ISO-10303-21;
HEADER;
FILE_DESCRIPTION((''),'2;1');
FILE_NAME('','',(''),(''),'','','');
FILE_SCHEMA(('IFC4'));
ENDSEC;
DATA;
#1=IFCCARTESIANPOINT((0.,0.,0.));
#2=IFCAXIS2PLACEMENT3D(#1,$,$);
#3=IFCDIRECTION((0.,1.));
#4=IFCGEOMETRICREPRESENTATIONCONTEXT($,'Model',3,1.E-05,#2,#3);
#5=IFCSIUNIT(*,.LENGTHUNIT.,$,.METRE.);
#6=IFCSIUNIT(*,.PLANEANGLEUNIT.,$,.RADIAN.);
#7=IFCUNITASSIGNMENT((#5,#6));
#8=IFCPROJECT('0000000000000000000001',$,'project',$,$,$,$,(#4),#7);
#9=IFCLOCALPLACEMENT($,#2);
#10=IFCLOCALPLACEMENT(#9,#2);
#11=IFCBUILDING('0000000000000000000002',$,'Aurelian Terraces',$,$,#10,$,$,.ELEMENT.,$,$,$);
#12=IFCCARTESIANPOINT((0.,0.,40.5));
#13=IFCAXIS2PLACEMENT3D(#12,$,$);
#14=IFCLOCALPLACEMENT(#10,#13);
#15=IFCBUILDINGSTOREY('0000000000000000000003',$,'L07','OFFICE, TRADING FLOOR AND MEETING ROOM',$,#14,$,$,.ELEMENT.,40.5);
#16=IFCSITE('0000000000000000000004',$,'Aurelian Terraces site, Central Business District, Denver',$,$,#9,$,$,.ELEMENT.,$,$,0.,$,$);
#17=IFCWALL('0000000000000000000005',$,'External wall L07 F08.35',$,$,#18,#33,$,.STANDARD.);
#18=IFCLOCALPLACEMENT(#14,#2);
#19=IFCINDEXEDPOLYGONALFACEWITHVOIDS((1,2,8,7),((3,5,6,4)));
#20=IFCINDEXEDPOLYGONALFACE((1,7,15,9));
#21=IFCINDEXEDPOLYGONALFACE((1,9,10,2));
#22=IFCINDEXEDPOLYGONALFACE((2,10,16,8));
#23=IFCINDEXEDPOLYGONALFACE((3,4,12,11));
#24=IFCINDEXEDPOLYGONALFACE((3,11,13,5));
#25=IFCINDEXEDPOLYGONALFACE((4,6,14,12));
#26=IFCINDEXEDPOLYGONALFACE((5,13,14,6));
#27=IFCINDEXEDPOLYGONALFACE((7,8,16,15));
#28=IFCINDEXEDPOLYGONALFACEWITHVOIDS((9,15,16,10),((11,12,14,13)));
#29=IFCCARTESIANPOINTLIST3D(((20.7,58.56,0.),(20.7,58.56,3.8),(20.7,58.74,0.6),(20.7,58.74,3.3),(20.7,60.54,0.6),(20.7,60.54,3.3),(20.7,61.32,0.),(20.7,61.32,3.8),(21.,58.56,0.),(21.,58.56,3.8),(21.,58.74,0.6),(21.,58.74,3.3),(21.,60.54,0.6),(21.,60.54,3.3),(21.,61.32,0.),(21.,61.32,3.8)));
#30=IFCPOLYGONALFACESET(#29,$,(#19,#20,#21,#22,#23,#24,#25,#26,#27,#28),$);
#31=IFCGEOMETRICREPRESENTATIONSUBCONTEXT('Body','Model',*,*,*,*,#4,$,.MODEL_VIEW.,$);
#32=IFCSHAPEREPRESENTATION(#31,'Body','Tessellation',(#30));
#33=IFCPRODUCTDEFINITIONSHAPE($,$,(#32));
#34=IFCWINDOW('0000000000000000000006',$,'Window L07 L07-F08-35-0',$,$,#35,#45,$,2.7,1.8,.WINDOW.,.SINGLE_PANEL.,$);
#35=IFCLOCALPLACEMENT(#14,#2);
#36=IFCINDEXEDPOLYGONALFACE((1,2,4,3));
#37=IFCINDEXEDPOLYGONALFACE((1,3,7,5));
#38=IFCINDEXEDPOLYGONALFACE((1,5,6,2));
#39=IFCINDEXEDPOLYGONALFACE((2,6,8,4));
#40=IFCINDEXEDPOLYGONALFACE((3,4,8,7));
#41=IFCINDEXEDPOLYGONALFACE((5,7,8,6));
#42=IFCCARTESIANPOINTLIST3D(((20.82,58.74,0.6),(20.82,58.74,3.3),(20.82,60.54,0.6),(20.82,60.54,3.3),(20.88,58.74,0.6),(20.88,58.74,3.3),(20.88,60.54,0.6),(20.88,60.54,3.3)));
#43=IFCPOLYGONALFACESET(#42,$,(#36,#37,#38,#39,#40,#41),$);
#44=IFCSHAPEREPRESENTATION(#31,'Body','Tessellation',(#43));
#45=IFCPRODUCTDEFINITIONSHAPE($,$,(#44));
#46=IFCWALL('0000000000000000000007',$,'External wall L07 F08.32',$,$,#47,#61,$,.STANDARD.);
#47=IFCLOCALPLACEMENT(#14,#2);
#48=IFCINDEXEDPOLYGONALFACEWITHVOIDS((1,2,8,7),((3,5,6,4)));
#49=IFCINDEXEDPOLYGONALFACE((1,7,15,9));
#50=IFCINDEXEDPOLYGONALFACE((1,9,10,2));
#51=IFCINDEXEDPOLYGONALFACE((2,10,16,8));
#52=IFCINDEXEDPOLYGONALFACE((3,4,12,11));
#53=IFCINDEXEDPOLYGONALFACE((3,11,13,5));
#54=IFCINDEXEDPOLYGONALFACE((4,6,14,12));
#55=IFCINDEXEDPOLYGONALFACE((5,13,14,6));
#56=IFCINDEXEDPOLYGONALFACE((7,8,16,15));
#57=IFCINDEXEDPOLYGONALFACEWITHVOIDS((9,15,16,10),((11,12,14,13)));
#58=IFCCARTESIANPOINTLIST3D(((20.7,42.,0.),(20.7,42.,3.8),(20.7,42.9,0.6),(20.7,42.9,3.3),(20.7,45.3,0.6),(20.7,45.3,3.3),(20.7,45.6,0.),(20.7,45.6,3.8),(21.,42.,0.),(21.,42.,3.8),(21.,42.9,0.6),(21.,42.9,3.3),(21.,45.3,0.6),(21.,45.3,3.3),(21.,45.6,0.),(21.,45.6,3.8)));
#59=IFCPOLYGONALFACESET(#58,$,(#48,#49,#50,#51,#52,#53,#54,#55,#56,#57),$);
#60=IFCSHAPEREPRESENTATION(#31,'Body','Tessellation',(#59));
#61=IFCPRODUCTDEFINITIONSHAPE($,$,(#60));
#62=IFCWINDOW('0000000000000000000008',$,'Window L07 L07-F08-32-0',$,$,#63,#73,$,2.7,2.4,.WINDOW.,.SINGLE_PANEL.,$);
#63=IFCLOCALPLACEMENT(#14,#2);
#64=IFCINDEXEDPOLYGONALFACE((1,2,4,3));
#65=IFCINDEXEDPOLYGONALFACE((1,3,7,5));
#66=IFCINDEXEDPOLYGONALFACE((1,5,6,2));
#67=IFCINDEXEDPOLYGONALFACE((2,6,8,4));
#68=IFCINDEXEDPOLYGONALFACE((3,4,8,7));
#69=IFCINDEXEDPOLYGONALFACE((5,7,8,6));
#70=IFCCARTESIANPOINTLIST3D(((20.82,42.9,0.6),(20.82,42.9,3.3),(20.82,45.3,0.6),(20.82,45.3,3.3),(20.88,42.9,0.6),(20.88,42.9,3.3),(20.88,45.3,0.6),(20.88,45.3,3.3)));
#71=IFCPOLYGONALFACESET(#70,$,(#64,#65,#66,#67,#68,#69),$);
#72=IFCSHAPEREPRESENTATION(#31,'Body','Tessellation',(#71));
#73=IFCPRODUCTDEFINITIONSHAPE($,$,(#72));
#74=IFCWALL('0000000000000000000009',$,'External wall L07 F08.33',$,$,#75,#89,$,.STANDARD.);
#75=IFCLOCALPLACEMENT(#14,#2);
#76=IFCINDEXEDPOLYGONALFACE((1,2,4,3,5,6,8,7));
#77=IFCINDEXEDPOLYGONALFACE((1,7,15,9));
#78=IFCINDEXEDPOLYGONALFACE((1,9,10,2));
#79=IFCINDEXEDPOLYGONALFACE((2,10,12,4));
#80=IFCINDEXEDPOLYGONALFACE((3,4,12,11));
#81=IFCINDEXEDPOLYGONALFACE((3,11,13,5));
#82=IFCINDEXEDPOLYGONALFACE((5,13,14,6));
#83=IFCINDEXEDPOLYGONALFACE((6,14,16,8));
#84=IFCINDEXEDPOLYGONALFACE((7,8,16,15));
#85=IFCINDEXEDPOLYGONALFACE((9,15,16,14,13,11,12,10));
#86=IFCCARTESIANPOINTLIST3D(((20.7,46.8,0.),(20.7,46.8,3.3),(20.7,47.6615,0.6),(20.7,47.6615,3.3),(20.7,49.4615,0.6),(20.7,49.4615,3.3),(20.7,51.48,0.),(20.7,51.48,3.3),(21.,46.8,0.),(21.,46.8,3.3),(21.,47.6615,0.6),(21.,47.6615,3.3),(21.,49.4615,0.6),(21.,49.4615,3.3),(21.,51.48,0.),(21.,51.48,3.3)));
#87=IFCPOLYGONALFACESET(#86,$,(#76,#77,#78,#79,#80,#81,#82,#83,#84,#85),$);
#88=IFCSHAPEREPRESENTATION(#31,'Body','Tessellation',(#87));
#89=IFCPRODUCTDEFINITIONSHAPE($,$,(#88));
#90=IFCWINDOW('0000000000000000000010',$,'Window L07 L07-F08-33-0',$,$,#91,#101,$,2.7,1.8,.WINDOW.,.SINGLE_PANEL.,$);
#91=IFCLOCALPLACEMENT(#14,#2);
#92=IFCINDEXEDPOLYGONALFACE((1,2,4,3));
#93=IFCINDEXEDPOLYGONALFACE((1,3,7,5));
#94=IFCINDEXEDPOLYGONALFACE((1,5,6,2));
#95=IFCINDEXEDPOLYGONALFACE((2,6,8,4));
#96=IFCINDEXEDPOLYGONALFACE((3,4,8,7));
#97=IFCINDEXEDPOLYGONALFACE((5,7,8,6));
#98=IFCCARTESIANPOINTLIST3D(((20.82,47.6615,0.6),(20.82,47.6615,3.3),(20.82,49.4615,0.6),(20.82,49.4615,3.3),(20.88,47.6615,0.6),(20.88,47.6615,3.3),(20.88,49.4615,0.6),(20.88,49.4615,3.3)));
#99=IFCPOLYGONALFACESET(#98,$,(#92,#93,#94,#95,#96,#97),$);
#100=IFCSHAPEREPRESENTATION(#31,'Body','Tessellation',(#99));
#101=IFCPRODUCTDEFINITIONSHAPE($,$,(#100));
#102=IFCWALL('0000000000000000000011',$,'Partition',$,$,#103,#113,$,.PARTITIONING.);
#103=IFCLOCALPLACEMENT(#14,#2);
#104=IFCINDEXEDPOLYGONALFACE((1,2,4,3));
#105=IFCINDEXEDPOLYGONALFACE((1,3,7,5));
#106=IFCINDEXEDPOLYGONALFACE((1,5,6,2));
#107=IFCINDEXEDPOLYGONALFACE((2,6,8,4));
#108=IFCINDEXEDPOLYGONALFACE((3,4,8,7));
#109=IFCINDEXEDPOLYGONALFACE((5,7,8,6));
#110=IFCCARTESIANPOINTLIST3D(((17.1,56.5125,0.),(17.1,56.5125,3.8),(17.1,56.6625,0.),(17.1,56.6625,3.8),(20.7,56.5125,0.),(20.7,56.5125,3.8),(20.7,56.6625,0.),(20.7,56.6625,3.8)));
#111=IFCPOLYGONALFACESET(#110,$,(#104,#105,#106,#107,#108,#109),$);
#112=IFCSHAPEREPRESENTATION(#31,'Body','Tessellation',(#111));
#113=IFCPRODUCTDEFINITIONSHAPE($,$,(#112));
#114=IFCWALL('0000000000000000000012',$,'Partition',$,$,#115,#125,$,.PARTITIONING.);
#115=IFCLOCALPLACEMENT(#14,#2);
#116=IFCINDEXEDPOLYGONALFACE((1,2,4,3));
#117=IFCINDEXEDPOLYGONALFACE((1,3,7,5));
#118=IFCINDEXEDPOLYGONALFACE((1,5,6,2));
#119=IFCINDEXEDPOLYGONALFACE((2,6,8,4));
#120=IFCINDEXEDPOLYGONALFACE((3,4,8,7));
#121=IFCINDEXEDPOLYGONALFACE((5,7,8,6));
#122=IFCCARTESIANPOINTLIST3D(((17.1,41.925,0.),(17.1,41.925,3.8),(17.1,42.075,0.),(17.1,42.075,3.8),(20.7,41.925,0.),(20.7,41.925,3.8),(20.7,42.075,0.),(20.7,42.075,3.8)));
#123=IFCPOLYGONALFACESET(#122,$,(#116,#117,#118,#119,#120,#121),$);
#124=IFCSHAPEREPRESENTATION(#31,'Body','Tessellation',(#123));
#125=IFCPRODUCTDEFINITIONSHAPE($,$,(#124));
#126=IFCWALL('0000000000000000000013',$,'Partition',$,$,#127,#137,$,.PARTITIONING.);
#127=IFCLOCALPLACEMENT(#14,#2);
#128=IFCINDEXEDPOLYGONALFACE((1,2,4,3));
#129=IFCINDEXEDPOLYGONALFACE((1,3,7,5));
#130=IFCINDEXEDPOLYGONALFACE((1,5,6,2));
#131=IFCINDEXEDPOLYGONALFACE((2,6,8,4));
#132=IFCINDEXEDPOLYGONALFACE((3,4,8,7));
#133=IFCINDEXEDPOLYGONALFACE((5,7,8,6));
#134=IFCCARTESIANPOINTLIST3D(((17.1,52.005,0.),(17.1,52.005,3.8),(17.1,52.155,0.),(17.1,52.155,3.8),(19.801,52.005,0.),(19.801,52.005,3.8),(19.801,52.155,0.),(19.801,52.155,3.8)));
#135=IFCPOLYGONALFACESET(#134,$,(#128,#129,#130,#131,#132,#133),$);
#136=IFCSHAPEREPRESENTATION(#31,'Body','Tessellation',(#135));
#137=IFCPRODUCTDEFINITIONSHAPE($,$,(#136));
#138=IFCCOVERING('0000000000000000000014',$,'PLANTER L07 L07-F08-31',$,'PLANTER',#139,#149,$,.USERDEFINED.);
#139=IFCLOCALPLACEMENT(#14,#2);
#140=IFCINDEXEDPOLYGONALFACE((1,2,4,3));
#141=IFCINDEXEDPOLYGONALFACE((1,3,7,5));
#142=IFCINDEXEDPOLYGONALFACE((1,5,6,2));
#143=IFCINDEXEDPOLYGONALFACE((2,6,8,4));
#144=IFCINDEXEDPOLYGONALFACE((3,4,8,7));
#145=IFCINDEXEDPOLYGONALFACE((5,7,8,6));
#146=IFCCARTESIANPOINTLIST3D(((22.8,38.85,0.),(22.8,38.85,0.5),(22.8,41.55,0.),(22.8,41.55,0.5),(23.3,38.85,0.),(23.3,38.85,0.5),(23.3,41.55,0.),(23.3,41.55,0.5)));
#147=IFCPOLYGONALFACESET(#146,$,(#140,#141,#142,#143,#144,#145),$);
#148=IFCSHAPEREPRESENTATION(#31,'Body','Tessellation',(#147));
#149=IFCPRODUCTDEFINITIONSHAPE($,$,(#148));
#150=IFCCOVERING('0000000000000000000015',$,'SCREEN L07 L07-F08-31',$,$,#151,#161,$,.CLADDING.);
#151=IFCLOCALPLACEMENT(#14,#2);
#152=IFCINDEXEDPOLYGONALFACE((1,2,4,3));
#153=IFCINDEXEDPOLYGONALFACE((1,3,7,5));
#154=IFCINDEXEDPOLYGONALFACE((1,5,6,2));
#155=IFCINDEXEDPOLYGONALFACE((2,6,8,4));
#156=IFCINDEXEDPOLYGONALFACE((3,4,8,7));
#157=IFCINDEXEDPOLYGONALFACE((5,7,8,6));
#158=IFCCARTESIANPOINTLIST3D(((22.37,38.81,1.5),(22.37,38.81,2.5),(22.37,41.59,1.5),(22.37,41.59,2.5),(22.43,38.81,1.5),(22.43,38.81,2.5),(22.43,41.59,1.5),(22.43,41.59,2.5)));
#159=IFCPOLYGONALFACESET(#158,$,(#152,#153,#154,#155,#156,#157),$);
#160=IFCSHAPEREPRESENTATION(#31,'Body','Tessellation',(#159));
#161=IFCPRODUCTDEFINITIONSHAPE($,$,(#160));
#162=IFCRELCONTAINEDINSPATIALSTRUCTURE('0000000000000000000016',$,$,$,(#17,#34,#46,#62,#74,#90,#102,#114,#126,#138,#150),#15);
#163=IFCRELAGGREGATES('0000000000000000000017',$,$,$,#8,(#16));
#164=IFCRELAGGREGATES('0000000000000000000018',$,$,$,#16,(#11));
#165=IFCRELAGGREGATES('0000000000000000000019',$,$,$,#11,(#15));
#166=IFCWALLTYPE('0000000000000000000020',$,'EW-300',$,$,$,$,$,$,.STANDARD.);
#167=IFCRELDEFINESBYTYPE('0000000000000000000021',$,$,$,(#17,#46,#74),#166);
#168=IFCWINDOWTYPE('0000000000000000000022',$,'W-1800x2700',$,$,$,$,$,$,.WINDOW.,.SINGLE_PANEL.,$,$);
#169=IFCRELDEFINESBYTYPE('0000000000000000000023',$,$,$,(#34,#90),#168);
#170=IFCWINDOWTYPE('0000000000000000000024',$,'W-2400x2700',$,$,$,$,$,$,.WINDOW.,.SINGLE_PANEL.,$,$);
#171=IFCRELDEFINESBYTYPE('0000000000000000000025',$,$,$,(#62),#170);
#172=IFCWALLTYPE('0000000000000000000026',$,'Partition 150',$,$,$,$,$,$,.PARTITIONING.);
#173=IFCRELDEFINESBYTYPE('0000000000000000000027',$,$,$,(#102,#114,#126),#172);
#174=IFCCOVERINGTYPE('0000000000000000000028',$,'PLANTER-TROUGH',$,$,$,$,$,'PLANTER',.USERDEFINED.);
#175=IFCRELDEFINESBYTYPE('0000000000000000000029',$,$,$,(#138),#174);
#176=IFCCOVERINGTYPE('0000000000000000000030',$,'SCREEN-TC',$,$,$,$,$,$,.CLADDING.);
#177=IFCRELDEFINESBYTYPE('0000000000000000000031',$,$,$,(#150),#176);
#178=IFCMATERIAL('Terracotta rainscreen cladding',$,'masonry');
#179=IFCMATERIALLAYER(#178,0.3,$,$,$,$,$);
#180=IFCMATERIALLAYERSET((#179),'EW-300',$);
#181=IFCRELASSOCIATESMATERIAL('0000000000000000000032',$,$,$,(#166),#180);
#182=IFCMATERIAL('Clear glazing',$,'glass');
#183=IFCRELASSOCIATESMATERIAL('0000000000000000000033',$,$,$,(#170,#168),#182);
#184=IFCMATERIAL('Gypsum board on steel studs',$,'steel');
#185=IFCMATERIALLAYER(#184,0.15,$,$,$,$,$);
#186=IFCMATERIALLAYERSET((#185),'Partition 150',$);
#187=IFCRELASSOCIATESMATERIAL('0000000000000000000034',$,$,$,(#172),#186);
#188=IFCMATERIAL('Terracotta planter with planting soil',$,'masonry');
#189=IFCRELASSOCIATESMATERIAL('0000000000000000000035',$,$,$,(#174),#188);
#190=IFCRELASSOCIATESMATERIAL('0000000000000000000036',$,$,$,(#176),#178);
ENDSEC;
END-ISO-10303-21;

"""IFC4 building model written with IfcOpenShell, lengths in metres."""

from ifc_helpers import new_model, si_unit, direction, frame, frame_2d, origin, origin_2d, place, context, subcontext, project, spatial, rectangle, extrude, source, transform, mapped, material, layer, layer_set, type_object, element, fill, save


model = new_model("IFC4")

# Units and contexts
model_context = context("Model", 3, precision=1e-05, world=origin(), true_north=direction((0.0, 1.0)))
body_context = subcontext(model_context, "Body", "Model", "MODEL_VIEW")
ifc_project = project(units=[si_unit("LENGTHUNIT", "METRE"), si_unit("PLANEANGLEUNIT", "RADIAN")], contexts=[model_context])

# Site, building, storey
site_placement = place(None, origin())
site = spatial("IfcSite", under=ifc_project, at=site_placement, Name="Aurelian Terraces site, Central Business District, Denver", CompositionType="ELEMENT", RefElevation=0.0)
building_placement = place(site_placement, origin())
building = spatial("IfcBuilding", under=site, at=building_placement, Name="Aurelian Terraces", CompositionType="ELEMENT")
storey_placement = place(building_placement, frame((0.0, 0.0, 40.5)))
storey = spatial("IfcBuildingStorey", under=building, at=storey_placement, Name="L07", Description="OFFICE, TRADING FLOOR AND MEETING ROOM", CompositionType="ELEMENT", Elevation=40.5)

# Walls, openings, windows
ifc_material_1 = material(Name="Terracotta rainscreen cladding", Category="masonry")
ifc_layer_1 = layer(ifc_material_1, 0.3)
ifc_layer_set_1 = layer_set([ifc_layer_1], Name="EW-300")
wall_type_1 = type_object("IfcWallType", Name="EW-300", PredefinedType="STANDARD", material=ifc_layer_set_1)
shared_shape_1 = source(origin(), body_context, "Body", "SweptSolid", [
    extrude(rectangle(XDim=2.4, YDim=2.7, at=frame_2d((1.2, 1.35))), frame((0.0, 0.16, 0.0), z_axis=(0.0, -1.0, 0.0), x_axis=(1.0, 0.0, 0.0)), (0.0, 0.0, 1.0), 0.32),
])
ifc_material_2 = material(Name="Clear glazing", Category="glass")
window_type_1 = type_object("IfcWindowType", Name="W-2400x2700", PartitioningType="SINGLE_PANEL", PredefinedType="WINDOW", material=ifc_material_2)
shared_shape_2 = source(origin(), body_context, "Body", "SweptSolid", [
    extrude(rectangle(XDim=2.4, YDim=2.7, at=frame_2d((1.2, 1.35))), frame((0.0, 0.03, 0.0), z_axis=(0.0, -1.0, 0.0), x_axis=(1.0, 0.0, 0.0)), (0.0, 0.0, 1.0), 0.06),
])
shared_shape_3 = source(origin(), body_context, "Body", "SweptSolid", [
    extrude(rectangle(XDim=2.76, YDim=0.3, at=frame_2d((1.38, 0.0))), origin(), (0.0, 0.0, 1.0), 3.8),
])
wall_1_placement = place(storey_placement, frame((20.85, 58.56, 0.0), z_axis=(0.0, 0.0, 1.0), x_axis=(0.0, 1.0, 0.0)))
wall_1 = element("IfcWall", 1, at=wall_1_placement, inside=storey, type_object=wall_type_1, Name="External wall L07 F08.35", PredefinedType="STANDARD", context=body_context, shape_type="MappedRepresentation", body=[
    mapped(shared_shape_3, transform((0.0, 0.0, 0.0), scale=1.0)),
])
shared_shape_4 = source(origin(), body_context, "Body", "SweptSolid", [
    extrude(rectangle(XDim=1.8, YDim=2.7, at=frame_2d((0.9, 1.35))), frame((0.0, 0.16, 0.0), z_axis=(0.0, -1.0, 0.0), x_axis=(1.0, 0.0, 0.0)), (0.0, 0.0, 1.0), 0.32),
])
opening_1_placement = place(wall_1_placement, frame((0.18, 0.0, 0.6)))
opening_1 = element("IfcOpeningElement", 2, at=opening_1_placement, cuts=wall_1, PredefinedType="OPENING", context=body_context, shape_type="MappedRepresentation", body=[
    mapped(shared_shape_4, transform((0.0, 0.0, 0.0), scale=1.0)),
])
window_type_2 = type_object("IfcWindowType", Name="W-1800x2700", PartitioningType="SINGLE_PANEL", PredefinedType="WINDOW", material=ifc_material_2)
shared_shape_5 = source(origin(), body_context, "Body", "SweptSolid", [
    extrude(rectangle(XDim=1.8, YDim=2.7, at=frame_2d((0.9, 1.35))), frame((0.0, 0.03, 0.0), z_axis=(0.0, -1.0, 0.0), x_axis=(1.0, 0.0, 0.0)), (0.0, 0.0, 1.0), 0.06),
])
window_1_placement = place(opening_1_placement, origin())
window_1 = element("IfcWindow", 3, at=window_1_placement, inside=storey, type_object=window_type_2, Name="Window L07 L07-F08-35-0", OverallHeight=2.7, OverallWidth=1.8, PartitioningType="SINGLE_PANEL", PredefinedType="WINDOW", context=body_context, shape_type="MappedRepresentation", body=[
    mapped(shared_shape_5, transform((0.0, 0.0, 0.0), scale=1.0)),
])
fill(opening_1, window_1)
shared_shape_6 = source(origin(), body_context, "Body", "SweptSolid", [
    extrude(rectangle(XDim=3.6, YDim=0.3, at=frame_2d((1.8, 0.0))), origin(), (0.0, 0.0, 1.0), 3.8),
])
wall_2_placement = place(storey_placement, frame((20.85, 42.0, 0.0), z_axis=(0.0, 0.0, 1.0), x_axis=(0.0, 1.0, 0.0)))
wall_2 = element("IfcWall", 4, at=wall_2_placement, inside=storey, type_object=wall_type_1, Name="External wall L07 F08.32", PredefinedType="STANDARD", context=body_context, shape_type="MappedRepresentation", body=[
    mapped(shared_shape_6, transform((0.0, 0.0, 0.0), scale=1.0)),
])
opening_2_placement = place(wall_2_placement, frame((0.9, 0.0, 0.6)))
opening_2 = element("IfcOpeningElement", 5, at=opening_2_placement, cuts=wall_2, PredefinedType="OPENING", context=body_context, shape_type="MappedRepresentation", body=[
    mapped(shared_shape_1, transform((0.0, 0.0, 0.0), scale=1.0)),
])
window_2_placement = place(opening_2_placement, origin())
window_2 = element("IfcWindow", 6, at=window_2_placement, inside=storey, type_object=window_type_1, Name="Window L07 L07-F08-32-0", OverallHeight=2.7, OverallWidth=2.4, PartitioningType="SINGLE_PANEL", PredefinedType="WINDOW", context=body_context, shape_type="MappedRepresentation", body=[
    mapped(shared_shape_2, transform((0.0, 0.0, 0.0), scale=1.0)),
])
fill(opening_2, window_2)
shared_shape_7 = source(origin(), body_context, "Body", "SweptSolid", [
    extrude(rectangle(XDim=4.68, YDim=0.3, at=frame_2d((2.34, 0.0))), origin(), (0.0, 0.0, 1.0), 3.3),
])
wall_3_placement = place(storey_placement, frame((20.85, 46.8, 0.0), z_axis=(0.0, 0.0, 1.0), x_axis=(0.0, 1.0, 0.0)))
wall_3 = element("IfcWall", 7, at=wall_3_placement, inside=storey, type_object=wall_type_1, Name="External wall L07 F08.33", PredefinedType="STANDARD", context=body_context, shape_type="MappedRepresentation", body=[
    mapped(shared_shape_7, transform((0.0, 0.0, 0.0), scale=1.0)),
])
opening_3_placement = place(wall_3_placement, frame((0.8615, 0.0, 0.6)))
opening_3 = element("IfcOpeningElement", 8, at=opening_3_placement, cuts=wall_3, PredefinedType="OPENING", context=body_context, shape_type="MappedRepresentation", body=[
    mapped(shared_shape_4, transform((0.0, 0.0, 0.0), scale=1.0)),
])
window_3_placement = place(opening_3_placement, origin())
window_3 = element("IfcWindow", 9, at=window_3_placement, inside=storey, type_object=window_type_2, Name="Window L07 L07-F08-33-0", OverallHeight=2.7, OverallWidth=1.8, PartitioningType="SINGLE_PANEL", PredefinedType="WINDOW", context=body_context, shape_type="MappedRepresentation", body=[
    mapped(shared_shape_5, transform((0.0, 0.0, 0.0), scale=1.0)),
])
fill(opening_3, window_3)

# Walls
ifc_material_3 = material(Name="Gypsum board on steel studs", Category="steel")
ifc_layer_2 = layer(ifc_material_3, 0.15)
ifc_layer_set_2 = layer_set([ifc_layer_2], Name="Partition 150")
wall_type_2 = type_object("IfcWallType", Name="Partition 150", PredefinedType="PARTITIONING", material=ifc_layer_set_2)
shared_shape_8 = source(origin(), body_context, "Body", "SweptSolid", [
    extrude(rectangle(XDim=3.6, YDim=0.15, at=frame_2d((1.8, 0.0))), origin(), (0.0, 0.0, 1.0), 3.8),
])
for number, where, z_axis, x_axis, name in (
    (10, (17.1, 56.5875, 0.0), (0.0, 0.0, 1.0), (1.0, 0.0, 0.0), "Partition"),
    (11, (20.7, 42.0, 0.0), (0.0, 0.0, 1.0), (-1.0, 0.0, 0.0), "Partition"),
):
    element("IfcWall", number, at=place(storey_placement, frame(where, z_axis=z_axis, x_axis=x_axis)), inside=storey, type_object=wall_type_2, Name=name, PredefinedType="PARTITIONING", context=body_context, shape_type="MappedRepresentation", body=[
        mapped(shared_shape_8, transform((0.0, 0.0, 0.0), scale=1.0)),
    ])
shared_shape_9 = source(origin(), body_context, "Body", "SweptSolid", [
    extrude(rectangle(XDim=2.701, YDim=0.15, at=frame_2d((1.3505, 0.0))), origin(), (0.0, 0.0, 1.0), 3.8),
])
wall_4_placement = place(storey_placement, frame((19.801, 52.08, 0.0), z_axis=(0.0, 0.0, 1.0), x_axis=(-1.0, 0.0, 0.0)))
element("IfcWall", 12, at=wall_4_placement, inside=storey, type_object=wall_type_2, Name="Partition", PredefinedType="PARTITIONING", context=body_context, shape_type="MappedRepresentation", body=[
    mapped(shared_shape_9, transform((0.0, 0.0, 0.0), scale=1.0)),
])

# Coverings
ifc_material_4 = material(Name="Terracotta planter with planting soil", Category="masonry")
covering_type_1 = type_object("IfcCoveringType", Name="PLANTER-TROUGH", ElementType="PLANTER", PredefinedType="USERDEFINED", material=ifc_material_4)
covering_1_placement = place(storey_placement, frame((23.05, 40.2, 0.0), z_axis=(0.0, 0.0, 1.0), x_axis=(1.0, 0.0, 0.0)))
element("IfcCovering", 13, at=covering_1_placement, inside=storey, type_object=covering_type_1, Name="PLANTER L07 L07-F08-31", ObjectType="PLANTER", PredefinedType="USERDEFINED", context=body_context, shape_type="SweptSolid", body=[
    extrude(rectangle(XDim=0.5, YDim=2.7, at=origin_2d()), origin(), (0.0, 0.0, 1.0), 0.5),
])
covering_type_2 = type_object("IfcCoveringType", Name="SCREEN-TC", PredefinedType="CLADDING", material=ifc_material_1)
covering_2_placement = place(storey_placement, frame((22.4, 40.2, 1.5), z_axis=(0.0, 0.0, 1.0), x_axis=(1.0, 0.0, 0.0)))
element("IfcCovering", 14, at=covering_2_placement, inside=storey, type_object=covering_type_2, Name="SCREEN L07 L07-F08-31", PredefinedType="CLADDING", context=body_context, shape_type="SweptSolid", body=[
    extrude(rectangle(XDim=0.06, YDim=2.78, at=origin_2d()), origin(), (0.0, 0.0, 1.0), 1.0),
])

save(model, "model.ifc")
